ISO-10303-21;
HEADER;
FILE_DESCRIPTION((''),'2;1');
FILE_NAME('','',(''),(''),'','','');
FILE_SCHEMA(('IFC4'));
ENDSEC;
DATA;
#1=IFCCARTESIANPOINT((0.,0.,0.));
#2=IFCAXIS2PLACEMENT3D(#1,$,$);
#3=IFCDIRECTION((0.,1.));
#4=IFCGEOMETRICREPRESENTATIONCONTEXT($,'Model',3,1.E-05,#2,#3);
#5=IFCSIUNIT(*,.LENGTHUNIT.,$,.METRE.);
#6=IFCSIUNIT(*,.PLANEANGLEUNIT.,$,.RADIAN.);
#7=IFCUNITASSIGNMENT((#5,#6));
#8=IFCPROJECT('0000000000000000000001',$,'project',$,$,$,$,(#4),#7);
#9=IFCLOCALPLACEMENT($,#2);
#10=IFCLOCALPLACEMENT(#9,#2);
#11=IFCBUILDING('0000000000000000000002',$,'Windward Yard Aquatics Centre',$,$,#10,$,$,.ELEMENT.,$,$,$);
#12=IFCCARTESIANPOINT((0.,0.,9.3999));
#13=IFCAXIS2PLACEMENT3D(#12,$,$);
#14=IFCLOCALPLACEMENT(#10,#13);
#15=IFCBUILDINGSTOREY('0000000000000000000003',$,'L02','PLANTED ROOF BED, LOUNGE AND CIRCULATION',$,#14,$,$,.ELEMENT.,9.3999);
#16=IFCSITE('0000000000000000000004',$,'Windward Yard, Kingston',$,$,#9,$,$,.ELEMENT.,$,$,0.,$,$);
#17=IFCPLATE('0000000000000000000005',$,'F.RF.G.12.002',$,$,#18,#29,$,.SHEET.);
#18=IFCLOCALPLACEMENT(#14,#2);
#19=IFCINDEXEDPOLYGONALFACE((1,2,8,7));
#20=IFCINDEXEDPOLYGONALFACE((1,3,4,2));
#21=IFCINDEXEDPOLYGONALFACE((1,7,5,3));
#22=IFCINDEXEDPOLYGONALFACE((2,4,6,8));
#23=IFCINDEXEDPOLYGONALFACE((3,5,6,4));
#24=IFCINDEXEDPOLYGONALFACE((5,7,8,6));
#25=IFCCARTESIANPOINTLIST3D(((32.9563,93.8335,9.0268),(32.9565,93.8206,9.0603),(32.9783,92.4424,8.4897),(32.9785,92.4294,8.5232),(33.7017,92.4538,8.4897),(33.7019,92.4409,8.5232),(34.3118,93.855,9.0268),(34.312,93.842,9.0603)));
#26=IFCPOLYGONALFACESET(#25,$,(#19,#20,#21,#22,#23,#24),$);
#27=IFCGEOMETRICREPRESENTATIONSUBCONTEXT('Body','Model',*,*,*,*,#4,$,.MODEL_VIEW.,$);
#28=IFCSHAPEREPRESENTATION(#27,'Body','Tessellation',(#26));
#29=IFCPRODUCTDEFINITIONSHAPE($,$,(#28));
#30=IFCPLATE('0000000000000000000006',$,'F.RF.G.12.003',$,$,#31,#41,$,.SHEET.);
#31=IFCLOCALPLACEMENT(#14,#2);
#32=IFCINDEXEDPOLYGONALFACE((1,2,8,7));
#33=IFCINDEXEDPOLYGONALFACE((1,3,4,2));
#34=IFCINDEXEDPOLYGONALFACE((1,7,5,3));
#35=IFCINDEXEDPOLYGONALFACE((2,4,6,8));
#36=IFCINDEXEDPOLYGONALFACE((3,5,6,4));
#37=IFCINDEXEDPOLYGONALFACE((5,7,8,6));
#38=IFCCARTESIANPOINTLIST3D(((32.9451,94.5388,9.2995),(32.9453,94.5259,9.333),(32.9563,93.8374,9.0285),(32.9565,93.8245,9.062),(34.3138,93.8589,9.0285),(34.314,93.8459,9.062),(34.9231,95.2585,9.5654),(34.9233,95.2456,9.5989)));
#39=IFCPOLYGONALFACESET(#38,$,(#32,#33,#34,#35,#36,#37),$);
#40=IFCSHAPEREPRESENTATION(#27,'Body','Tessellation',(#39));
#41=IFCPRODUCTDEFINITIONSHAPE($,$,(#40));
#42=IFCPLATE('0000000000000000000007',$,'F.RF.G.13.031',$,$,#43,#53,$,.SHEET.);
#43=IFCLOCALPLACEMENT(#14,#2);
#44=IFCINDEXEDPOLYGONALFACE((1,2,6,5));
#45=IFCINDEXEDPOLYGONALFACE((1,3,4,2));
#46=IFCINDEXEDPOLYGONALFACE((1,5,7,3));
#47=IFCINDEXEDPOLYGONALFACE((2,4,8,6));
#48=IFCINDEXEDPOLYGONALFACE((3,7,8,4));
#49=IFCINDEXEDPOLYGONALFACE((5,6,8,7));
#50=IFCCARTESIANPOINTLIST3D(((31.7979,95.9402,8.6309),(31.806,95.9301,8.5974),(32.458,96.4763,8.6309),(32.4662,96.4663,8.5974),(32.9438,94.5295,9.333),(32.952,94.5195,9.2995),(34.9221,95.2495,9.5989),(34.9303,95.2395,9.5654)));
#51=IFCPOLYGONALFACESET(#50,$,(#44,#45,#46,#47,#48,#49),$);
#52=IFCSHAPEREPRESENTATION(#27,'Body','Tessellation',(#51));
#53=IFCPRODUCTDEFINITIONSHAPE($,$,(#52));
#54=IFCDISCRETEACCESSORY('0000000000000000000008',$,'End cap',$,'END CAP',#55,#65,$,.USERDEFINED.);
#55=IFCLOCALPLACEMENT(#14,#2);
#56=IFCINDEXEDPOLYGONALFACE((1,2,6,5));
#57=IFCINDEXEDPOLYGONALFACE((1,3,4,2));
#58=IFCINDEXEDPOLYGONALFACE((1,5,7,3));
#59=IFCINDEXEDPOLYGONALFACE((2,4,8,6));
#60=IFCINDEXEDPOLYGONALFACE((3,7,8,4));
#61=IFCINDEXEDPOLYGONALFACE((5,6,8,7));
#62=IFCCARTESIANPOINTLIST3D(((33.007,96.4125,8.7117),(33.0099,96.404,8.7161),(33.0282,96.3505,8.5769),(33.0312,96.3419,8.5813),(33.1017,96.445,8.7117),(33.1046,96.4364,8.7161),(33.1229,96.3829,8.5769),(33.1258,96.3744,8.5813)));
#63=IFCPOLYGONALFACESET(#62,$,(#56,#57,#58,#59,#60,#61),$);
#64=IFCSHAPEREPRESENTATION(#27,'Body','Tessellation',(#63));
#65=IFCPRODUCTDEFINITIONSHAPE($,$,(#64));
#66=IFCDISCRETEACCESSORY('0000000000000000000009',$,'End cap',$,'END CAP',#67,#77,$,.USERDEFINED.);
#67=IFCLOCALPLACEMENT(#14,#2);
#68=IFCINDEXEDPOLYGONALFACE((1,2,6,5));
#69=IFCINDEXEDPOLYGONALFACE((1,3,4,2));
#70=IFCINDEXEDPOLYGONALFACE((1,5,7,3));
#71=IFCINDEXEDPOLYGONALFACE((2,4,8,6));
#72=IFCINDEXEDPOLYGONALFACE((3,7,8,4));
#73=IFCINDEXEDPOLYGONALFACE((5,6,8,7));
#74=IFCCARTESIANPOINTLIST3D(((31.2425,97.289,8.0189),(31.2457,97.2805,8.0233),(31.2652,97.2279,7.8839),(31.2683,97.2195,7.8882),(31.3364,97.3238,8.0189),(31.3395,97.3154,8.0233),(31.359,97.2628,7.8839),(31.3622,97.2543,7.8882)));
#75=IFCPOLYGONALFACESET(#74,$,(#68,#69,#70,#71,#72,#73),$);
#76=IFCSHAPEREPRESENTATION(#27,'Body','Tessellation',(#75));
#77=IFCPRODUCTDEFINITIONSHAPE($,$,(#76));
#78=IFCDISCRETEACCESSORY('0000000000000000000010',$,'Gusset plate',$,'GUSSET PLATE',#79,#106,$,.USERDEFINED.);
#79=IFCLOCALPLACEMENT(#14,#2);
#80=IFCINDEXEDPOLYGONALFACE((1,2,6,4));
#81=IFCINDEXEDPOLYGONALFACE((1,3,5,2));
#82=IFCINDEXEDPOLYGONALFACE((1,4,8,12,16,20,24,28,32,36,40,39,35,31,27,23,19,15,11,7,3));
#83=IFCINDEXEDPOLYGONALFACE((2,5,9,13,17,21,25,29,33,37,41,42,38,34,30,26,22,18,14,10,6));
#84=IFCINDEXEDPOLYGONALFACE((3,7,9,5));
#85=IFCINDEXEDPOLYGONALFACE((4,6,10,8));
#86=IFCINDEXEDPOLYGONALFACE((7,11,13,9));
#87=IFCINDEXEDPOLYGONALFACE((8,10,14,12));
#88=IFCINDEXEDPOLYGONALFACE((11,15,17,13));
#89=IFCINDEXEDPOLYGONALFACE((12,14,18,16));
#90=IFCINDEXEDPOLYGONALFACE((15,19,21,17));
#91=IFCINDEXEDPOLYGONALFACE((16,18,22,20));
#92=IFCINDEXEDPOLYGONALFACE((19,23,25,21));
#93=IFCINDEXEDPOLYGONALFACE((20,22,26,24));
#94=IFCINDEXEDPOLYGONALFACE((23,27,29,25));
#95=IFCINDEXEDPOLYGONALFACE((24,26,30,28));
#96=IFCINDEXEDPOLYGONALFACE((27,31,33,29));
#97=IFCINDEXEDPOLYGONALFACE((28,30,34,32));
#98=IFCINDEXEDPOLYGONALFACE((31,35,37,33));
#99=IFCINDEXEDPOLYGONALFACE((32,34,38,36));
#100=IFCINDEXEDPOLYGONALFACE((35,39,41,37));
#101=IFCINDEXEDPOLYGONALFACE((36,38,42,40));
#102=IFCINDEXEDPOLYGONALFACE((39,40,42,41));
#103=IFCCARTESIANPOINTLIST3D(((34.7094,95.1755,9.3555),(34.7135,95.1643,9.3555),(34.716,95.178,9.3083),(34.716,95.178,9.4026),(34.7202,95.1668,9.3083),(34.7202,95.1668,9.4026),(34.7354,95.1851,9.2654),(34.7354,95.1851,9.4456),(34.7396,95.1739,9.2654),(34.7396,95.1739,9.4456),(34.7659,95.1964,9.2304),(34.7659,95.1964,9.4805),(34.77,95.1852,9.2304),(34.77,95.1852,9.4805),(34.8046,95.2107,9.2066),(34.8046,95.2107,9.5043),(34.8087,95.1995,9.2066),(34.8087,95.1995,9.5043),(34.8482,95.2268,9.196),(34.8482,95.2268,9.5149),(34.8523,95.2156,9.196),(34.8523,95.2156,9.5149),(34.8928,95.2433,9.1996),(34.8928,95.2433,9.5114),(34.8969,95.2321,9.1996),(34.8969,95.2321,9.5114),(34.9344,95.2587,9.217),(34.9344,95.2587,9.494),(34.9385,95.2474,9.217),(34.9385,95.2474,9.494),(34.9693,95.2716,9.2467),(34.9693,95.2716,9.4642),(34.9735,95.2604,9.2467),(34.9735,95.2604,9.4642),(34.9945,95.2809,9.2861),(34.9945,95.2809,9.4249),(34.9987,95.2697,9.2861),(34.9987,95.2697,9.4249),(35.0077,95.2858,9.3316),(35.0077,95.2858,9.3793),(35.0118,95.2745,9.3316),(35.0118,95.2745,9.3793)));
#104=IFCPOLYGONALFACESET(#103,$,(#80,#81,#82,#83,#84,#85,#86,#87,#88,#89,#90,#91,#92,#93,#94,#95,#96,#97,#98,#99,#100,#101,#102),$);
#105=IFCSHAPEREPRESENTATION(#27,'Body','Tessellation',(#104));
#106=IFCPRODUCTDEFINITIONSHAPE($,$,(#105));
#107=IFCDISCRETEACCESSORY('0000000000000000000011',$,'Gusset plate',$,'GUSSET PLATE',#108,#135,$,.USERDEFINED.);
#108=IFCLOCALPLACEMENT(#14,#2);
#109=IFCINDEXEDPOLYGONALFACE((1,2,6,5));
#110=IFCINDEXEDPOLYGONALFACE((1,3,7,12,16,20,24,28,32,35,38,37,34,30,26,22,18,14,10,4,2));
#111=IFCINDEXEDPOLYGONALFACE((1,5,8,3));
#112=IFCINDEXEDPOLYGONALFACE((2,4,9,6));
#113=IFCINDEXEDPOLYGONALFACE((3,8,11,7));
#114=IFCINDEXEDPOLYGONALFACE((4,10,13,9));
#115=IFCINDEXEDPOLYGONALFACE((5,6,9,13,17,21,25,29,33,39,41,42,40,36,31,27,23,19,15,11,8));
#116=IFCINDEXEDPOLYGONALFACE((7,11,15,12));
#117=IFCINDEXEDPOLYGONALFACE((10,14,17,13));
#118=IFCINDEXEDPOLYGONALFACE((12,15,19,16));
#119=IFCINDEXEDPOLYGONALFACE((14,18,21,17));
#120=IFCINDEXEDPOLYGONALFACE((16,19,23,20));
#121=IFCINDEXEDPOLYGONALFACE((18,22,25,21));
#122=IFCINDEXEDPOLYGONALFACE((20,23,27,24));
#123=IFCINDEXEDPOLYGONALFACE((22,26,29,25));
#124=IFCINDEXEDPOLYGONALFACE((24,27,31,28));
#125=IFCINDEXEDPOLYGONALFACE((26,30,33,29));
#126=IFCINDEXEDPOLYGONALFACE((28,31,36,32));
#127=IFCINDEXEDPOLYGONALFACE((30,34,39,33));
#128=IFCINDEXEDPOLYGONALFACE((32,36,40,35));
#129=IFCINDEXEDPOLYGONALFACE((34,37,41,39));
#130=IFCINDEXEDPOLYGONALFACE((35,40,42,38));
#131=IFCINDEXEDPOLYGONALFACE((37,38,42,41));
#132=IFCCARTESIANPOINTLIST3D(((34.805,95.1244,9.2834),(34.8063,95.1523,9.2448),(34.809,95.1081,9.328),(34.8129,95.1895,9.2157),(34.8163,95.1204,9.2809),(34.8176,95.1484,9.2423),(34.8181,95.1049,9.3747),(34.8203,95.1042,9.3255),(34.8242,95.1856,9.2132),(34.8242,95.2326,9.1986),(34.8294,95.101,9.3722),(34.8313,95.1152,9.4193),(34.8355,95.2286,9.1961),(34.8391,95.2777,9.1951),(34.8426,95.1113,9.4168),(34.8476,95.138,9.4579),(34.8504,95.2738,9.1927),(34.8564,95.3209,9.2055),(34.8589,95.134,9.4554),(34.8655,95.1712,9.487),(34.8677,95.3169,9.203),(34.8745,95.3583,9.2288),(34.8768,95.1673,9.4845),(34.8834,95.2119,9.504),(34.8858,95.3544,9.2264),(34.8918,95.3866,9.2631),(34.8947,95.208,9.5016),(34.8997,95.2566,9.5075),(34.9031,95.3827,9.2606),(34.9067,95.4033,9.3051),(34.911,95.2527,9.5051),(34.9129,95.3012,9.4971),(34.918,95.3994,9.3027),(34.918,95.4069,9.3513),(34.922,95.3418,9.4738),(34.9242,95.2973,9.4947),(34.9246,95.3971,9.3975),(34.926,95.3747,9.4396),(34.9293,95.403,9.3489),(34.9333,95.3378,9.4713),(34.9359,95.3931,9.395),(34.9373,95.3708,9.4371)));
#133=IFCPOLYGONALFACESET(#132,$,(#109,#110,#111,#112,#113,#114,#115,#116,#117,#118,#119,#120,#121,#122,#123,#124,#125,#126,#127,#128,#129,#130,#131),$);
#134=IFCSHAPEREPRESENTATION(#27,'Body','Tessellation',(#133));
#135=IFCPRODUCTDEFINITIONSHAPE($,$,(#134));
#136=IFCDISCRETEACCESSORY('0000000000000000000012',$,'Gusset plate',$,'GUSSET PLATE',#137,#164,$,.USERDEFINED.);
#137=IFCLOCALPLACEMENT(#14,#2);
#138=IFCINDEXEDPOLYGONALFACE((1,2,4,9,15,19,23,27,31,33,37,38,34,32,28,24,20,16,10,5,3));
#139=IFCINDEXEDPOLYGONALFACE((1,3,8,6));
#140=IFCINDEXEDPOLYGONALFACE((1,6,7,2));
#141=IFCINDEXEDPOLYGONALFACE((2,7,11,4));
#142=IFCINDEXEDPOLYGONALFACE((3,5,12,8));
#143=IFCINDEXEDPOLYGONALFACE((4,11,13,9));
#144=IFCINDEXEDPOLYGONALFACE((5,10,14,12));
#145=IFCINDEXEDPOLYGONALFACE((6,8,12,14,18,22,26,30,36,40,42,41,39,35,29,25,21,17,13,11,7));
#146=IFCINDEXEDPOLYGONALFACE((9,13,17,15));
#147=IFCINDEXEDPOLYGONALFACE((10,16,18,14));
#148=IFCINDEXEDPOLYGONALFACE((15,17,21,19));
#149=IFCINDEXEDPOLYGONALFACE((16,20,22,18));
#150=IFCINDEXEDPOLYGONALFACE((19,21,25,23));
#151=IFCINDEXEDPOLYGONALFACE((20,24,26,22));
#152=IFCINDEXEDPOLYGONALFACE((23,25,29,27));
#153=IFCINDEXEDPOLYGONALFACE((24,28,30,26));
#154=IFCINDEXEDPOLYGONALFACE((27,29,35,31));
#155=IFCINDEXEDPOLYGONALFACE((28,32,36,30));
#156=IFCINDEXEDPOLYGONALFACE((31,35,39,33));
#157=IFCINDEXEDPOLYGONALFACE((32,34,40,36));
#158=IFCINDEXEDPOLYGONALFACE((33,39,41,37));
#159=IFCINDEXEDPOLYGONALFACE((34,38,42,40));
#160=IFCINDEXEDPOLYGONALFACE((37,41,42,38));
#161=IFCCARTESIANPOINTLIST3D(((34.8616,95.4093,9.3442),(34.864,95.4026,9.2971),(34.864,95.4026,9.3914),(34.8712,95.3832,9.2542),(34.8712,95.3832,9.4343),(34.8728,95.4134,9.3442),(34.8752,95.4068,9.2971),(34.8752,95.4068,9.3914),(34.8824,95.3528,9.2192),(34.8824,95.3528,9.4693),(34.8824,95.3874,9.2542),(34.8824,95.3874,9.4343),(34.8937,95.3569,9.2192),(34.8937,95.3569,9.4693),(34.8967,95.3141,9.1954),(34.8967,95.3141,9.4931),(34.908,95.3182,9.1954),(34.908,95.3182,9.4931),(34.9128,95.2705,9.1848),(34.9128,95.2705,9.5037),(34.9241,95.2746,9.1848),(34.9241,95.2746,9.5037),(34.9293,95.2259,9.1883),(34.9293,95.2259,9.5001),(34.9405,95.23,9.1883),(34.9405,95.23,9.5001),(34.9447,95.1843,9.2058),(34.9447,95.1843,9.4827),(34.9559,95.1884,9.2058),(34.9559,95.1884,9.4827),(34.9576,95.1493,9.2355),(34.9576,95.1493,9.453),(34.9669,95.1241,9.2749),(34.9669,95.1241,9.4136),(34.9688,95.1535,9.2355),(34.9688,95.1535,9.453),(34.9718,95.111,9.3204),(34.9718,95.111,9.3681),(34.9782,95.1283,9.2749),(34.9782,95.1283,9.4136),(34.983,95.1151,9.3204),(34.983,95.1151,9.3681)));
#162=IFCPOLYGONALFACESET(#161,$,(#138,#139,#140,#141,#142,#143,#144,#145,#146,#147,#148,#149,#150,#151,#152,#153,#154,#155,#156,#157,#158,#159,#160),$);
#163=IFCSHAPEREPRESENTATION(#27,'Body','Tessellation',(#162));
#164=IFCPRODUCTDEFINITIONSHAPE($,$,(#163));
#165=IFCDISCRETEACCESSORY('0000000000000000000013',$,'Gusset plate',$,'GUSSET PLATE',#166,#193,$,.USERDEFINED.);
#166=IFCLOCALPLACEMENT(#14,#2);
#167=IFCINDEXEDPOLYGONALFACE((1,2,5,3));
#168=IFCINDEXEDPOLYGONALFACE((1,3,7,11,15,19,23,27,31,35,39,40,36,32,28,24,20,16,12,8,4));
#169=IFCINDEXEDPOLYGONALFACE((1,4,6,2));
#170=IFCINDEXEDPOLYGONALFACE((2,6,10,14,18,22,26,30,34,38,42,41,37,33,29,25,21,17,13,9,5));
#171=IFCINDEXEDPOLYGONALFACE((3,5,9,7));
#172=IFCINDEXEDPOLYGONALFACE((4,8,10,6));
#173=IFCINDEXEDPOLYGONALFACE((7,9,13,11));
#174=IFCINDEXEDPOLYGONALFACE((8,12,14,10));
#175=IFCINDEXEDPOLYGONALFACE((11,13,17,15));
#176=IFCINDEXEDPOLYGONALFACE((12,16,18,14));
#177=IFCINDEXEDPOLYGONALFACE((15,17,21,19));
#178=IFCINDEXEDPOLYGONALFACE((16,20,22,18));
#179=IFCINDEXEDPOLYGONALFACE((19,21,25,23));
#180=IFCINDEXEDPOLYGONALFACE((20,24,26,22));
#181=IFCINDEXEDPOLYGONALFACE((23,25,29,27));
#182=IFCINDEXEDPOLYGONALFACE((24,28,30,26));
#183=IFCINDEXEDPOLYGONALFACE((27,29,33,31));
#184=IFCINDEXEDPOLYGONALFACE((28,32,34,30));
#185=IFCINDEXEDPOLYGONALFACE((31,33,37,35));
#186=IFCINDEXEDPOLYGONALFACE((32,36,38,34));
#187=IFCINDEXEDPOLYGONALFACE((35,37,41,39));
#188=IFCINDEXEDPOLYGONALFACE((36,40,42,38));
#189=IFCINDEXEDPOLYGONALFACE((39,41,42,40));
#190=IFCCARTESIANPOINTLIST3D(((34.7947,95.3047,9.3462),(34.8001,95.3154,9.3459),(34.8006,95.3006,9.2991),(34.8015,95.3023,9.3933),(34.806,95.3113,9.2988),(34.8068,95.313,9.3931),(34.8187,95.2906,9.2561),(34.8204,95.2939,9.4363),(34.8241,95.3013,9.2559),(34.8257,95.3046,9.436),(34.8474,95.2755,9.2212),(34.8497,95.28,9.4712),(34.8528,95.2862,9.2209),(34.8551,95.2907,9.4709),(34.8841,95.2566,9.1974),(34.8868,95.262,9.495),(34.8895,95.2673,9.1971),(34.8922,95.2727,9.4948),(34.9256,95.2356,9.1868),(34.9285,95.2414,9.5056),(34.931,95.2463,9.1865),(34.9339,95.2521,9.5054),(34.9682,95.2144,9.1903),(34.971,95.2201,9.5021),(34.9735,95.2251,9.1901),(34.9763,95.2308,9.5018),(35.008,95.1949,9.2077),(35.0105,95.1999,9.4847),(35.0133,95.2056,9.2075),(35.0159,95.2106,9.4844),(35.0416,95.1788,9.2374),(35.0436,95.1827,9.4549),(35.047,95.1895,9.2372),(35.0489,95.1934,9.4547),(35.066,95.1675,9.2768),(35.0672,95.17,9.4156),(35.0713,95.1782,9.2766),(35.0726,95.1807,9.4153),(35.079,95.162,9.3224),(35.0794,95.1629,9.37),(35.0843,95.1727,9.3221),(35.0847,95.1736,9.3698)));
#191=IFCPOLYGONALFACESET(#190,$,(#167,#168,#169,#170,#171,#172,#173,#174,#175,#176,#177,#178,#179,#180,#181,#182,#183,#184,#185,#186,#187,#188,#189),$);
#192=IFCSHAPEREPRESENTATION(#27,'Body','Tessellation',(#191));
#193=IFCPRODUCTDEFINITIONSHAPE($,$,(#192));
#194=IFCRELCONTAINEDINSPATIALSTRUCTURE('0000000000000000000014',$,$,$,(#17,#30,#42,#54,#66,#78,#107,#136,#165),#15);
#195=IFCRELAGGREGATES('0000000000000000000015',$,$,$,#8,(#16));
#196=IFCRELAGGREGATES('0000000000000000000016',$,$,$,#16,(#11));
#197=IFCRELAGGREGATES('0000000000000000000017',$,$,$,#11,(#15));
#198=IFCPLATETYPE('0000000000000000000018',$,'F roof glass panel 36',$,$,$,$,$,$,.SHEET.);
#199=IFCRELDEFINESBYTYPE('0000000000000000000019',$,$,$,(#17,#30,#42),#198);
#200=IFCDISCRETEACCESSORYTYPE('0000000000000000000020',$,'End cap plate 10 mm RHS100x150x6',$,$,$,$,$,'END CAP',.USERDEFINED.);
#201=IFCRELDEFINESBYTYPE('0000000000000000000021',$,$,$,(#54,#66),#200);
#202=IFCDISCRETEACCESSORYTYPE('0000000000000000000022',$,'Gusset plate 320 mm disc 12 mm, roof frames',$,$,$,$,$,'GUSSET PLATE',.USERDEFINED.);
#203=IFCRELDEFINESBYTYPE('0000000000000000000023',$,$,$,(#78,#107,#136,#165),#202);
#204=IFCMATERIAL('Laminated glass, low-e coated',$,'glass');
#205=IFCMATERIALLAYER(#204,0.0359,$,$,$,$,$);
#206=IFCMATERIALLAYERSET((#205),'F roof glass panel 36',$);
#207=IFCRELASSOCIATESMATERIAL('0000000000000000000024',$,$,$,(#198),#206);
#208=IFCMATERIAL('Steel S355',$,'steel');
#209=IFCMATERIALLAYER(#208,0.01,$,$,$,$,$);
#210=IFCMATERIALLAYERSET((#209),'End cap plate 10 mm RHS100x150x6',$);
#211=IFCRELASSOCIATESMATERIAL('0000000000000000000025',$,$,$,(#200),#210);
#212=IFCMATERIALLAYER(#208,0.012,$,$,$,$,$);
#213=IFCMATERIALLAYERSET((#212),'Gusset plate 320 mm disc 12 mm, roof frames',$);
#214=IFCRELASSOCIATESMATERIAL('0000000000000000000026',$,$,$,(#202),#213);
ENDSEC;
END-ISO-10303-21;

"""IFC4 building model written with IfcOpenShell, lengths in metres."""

from ifc_helpers import new_model, si_unit, direction, frame, origin, origin_2d, place, context, subcontext, project, spatial, polyline, rectangle, circle, outline, extrude, material, layer, layer_set, type_object, element, save


model = new_model("IFC4")

# Units and contexts
model_context = context("Model", 3, precision=1e-05, world=origin(), true_north=direction((0.0, 1.0)))
body_context = subcontext(model_context, "Body", "Model", "MODEL_VIEW")
ifc_project = project(units=[si_unit("LENGTHUNIT", "METRE"), si_unit("PLANEANGLEUNIT", "RADIAN")], contexts=[model_context])

# Site, building, storey
site_placement = place(None, origin())
site = spatial("IfcSite", under=ifc_project, at=site_placement, Name="Windward Yard, Kingston", CompositionType="ELEMENT", RefElevation=0.0)
building_placement = place(site_placement, origin())
building = spatial("IfcBuilding", under=site, at=building_placement, Name="Windward Yard Aquatics Centre", CompositionType="ELEMENT")
storey_placement = place(building_placement, frame((0.0, 0.0, 9.3999)))
storey = spatial("IfcBuildingStorey", under=building, at=storey_placement, Name="L02", Description="PLANTED ROOF BED, LOUNGE AND CIRCULATION", CompositionType="ELEMENT", Elevation=9.3999)

# Shared definitions
ifc_material_1 = material(Name="Steel S355", Category="steel")

# Plates
ifc_material_2 = material(Name="Laminated glass, low-e coated", Category="glass")
ifc_layer_1 = layer(ifc_material_2, 0.0359)
ifc_layer_set_1 = layer_set([ifc_layer_1], Name="F roof glass panel 36")
plate_type = type_object("IfcPlateType", Name="F roof glass panel 36", PredefinedType="SHEET", material=ifc_layer_set_1)
plate_1_placement = place(storey_placement, frame((32.9565, 93.8206, 9.0603), z_axis=(0.005709, -0.360103, 0.932895), x_axis=(0.999874, 0.015849, -0.000001)))
element("IfcPlate", 1, at=plate_1_placement, inside=storey, type_object=plate_type, Name="F.RF.G.12.002", PredefinedType="SHEET", context=body_context, shape_type="SweptSolid", body=[
    extrude(outline(polyline([(0.0, 0.0), (1.3556, 0.0), (0.7234, -1.4914), (-0.0001, -1.4914), (0.0, 0.0)])), origin(), (0.0, 0.0, -1.0), 0.0359),
])
plate_2_placement = place(storey_placement, frame((32.9453, 94.5259, 9.333), z_axis=(0.00571, -0.360295, 0.932821), x_axis=(0.932318, 0.339232, 0.125319)))
element("IfcPlate", 2, at=plate_2_placement, inside=storey, type_object=plate_type, Name="F.RF.G.12.003", PredefinedType="SHEET", context=body_context, shape_type="SweptSolid", body=[
    extrude(outline(polyline([(0.0, 0.0), (2.1216, 0.0), (1.0114, -1.1773), (-0.2614, -0.7051), (0.0, 0.0)])), origin(), (0.0, 0.0, -1.0), 0.0359),
])
plate_3_placement = place(storey_placement, frame((31.7979, 95.9402, 8.6309), z_axis=(-0.227178, 0.279744, 0.93281), x_axis=(0.776256, 0.630417, -0.000008)))
element("IfcPlate", 3, at=plate_3_placement, inside=storey, type_object=plate_type, Name="F.RF.G.13.031", PredefinedType="SHEET", context=body_context, shape_type="SweptSolid", body=[
    extrude(outline(polyline([(0.0, 0.0), (0.8504, 0.0), (1.9898, -2.6862), (0.0003, -1.9484), (0.0, 0.0)])), origin(), (0.0, 0.0, -1.0), 0.0359),
])

# Discrete accessories
ifc_layer_2 = layer(ifc_material_1, 0.01)
ifc_layer_set_2 = layer_set([ifc_layer_2], Name="End cap plate 10 mm RHS100x150x6")
discrete_accessory_type_1 = type_object("IfcDiscreteAccessoryType", Name="End cap plate 10 mm RHS100x150x6", ElementType="END CAP", PredefinedType="USERDEFINED", material=ifc_layer_set_2)
for number, where, z_axis, x_axis, name in (
    (4, (33.0649, 96.3977, 8.6443), (0.291644, -0.850628, 0.437466), (0.945946, 0.324324, 0.0), "End cap"),
    (5, (31.3008, 97.2759, 7.9514), (0.31364, -0.844416, 0.434271), (0.937425, 0.348187, 0.0), "End cap"),
):
    element("IfcDiscreteAccessory", number, at=place(storey_placement, frame(where, z_axis=z_axis, x_axis=x_axis)), inside=storey, type_object=discrete_accessory_type_1, Name=name, ObjectType="END CAP", PredefinedType="USERDEFINED", context=body_context, shape_type="SweptSolid", body=[
        extrude(rectangle(XDim=0.1001, YDim=0.1499, at=origin_2d()), origin(), (0.0, 0.0, 1.0), 0.01),
    ])
ifc_layer_3 = layer(ifc_material_1, 0.012)
ifc_layer_set_3 = layer_set([ifc_layer_3], Name="Gusset plate 320 mm disc 12 mm, roof frames")
discrete_accessory_type_2 = type_object("IfcDiscreteAccessoryType", Name="Gusset plate 320 mm disc 12 mm, roof frames", ElementType="GUSSET PLATE", PredefinedType="USERDEFINED", material=ifc_layer_set_3)
discrete_accessory_1_placement = place(storey_placement, frame((34.8635, 95.2197, 9.3555), z_axis=(-0.34665, 0.937994, 0.0), x_axis=(-0.937994, -0.34665, 0.0)))
element("IfcDiscreteAccessory", 6, at=discrete_accessory_1_placement, inside=storey, type_object=discrete_accessory_type_2, Name="Gusset plate", ObjectType="GUSSET PLATE", PredefinedType="USERDEFINED", context=body_context, shape_type="SweptSolid", body=[
    extrude(circle(Radius=0.1599, at=origin_2d()), origin(), (0.0, 0.0, 1.0), 0.012),
])
discrete_accessory_2_placement = place(storey_placement, frame((34.8655, 95.2559, 9.3513), z_axis=(0.925196, -0.321807, -0.201129), x_axis=(0.328521, 0.944497, 0.0)))
element("IfcDiscreteAccessory", 7, at=discrete_accessory_2_placement, inside=storey, type_object=discrete_accessory_type_2, Name="Gusset plate", ObjectType="GUSSET PLATE", PredefinedType="USERDEFINED", context=body_context, shape_type="SweptSolid", body=[
    extrude(circle(Radius=0.1599, at=origin_2d()), origin(), (0.0, 0.0, 1.0), 0.0122),
])
for number, where, z_axis, x_axis, name in (
    (8, (34.917, 95.2593, 9.3442), (0.937994, 0.34665, 0.0), (-0.34665, 0.937994, 0.0), "Gusset plate"),
    (9, (34.9377, 95.2332, 9.3462), (0.447121, 0.894242, -0.020324), (-0.894427, 0.447214, 0.0), "Gusset plate"),
):
    element("IfcDiscreteAccessory", number, at=place(storey_placement, frame(where, z_axis=z_axis, x_axis=x_axis)), inside=storey, type_object=discrete_accessory_type_2, Name=name, ObjectType="GUSSET PLATE", PredefinedType="USERDEFINED", context=body_context, shape_type="SweptSolid", body=[
        extrude(circle(Radius=0.1599, at=origin_2d()), origin(), (0.0, 0.0, 1.0), 0.012),
    ])

save(model, "model.ifc")
